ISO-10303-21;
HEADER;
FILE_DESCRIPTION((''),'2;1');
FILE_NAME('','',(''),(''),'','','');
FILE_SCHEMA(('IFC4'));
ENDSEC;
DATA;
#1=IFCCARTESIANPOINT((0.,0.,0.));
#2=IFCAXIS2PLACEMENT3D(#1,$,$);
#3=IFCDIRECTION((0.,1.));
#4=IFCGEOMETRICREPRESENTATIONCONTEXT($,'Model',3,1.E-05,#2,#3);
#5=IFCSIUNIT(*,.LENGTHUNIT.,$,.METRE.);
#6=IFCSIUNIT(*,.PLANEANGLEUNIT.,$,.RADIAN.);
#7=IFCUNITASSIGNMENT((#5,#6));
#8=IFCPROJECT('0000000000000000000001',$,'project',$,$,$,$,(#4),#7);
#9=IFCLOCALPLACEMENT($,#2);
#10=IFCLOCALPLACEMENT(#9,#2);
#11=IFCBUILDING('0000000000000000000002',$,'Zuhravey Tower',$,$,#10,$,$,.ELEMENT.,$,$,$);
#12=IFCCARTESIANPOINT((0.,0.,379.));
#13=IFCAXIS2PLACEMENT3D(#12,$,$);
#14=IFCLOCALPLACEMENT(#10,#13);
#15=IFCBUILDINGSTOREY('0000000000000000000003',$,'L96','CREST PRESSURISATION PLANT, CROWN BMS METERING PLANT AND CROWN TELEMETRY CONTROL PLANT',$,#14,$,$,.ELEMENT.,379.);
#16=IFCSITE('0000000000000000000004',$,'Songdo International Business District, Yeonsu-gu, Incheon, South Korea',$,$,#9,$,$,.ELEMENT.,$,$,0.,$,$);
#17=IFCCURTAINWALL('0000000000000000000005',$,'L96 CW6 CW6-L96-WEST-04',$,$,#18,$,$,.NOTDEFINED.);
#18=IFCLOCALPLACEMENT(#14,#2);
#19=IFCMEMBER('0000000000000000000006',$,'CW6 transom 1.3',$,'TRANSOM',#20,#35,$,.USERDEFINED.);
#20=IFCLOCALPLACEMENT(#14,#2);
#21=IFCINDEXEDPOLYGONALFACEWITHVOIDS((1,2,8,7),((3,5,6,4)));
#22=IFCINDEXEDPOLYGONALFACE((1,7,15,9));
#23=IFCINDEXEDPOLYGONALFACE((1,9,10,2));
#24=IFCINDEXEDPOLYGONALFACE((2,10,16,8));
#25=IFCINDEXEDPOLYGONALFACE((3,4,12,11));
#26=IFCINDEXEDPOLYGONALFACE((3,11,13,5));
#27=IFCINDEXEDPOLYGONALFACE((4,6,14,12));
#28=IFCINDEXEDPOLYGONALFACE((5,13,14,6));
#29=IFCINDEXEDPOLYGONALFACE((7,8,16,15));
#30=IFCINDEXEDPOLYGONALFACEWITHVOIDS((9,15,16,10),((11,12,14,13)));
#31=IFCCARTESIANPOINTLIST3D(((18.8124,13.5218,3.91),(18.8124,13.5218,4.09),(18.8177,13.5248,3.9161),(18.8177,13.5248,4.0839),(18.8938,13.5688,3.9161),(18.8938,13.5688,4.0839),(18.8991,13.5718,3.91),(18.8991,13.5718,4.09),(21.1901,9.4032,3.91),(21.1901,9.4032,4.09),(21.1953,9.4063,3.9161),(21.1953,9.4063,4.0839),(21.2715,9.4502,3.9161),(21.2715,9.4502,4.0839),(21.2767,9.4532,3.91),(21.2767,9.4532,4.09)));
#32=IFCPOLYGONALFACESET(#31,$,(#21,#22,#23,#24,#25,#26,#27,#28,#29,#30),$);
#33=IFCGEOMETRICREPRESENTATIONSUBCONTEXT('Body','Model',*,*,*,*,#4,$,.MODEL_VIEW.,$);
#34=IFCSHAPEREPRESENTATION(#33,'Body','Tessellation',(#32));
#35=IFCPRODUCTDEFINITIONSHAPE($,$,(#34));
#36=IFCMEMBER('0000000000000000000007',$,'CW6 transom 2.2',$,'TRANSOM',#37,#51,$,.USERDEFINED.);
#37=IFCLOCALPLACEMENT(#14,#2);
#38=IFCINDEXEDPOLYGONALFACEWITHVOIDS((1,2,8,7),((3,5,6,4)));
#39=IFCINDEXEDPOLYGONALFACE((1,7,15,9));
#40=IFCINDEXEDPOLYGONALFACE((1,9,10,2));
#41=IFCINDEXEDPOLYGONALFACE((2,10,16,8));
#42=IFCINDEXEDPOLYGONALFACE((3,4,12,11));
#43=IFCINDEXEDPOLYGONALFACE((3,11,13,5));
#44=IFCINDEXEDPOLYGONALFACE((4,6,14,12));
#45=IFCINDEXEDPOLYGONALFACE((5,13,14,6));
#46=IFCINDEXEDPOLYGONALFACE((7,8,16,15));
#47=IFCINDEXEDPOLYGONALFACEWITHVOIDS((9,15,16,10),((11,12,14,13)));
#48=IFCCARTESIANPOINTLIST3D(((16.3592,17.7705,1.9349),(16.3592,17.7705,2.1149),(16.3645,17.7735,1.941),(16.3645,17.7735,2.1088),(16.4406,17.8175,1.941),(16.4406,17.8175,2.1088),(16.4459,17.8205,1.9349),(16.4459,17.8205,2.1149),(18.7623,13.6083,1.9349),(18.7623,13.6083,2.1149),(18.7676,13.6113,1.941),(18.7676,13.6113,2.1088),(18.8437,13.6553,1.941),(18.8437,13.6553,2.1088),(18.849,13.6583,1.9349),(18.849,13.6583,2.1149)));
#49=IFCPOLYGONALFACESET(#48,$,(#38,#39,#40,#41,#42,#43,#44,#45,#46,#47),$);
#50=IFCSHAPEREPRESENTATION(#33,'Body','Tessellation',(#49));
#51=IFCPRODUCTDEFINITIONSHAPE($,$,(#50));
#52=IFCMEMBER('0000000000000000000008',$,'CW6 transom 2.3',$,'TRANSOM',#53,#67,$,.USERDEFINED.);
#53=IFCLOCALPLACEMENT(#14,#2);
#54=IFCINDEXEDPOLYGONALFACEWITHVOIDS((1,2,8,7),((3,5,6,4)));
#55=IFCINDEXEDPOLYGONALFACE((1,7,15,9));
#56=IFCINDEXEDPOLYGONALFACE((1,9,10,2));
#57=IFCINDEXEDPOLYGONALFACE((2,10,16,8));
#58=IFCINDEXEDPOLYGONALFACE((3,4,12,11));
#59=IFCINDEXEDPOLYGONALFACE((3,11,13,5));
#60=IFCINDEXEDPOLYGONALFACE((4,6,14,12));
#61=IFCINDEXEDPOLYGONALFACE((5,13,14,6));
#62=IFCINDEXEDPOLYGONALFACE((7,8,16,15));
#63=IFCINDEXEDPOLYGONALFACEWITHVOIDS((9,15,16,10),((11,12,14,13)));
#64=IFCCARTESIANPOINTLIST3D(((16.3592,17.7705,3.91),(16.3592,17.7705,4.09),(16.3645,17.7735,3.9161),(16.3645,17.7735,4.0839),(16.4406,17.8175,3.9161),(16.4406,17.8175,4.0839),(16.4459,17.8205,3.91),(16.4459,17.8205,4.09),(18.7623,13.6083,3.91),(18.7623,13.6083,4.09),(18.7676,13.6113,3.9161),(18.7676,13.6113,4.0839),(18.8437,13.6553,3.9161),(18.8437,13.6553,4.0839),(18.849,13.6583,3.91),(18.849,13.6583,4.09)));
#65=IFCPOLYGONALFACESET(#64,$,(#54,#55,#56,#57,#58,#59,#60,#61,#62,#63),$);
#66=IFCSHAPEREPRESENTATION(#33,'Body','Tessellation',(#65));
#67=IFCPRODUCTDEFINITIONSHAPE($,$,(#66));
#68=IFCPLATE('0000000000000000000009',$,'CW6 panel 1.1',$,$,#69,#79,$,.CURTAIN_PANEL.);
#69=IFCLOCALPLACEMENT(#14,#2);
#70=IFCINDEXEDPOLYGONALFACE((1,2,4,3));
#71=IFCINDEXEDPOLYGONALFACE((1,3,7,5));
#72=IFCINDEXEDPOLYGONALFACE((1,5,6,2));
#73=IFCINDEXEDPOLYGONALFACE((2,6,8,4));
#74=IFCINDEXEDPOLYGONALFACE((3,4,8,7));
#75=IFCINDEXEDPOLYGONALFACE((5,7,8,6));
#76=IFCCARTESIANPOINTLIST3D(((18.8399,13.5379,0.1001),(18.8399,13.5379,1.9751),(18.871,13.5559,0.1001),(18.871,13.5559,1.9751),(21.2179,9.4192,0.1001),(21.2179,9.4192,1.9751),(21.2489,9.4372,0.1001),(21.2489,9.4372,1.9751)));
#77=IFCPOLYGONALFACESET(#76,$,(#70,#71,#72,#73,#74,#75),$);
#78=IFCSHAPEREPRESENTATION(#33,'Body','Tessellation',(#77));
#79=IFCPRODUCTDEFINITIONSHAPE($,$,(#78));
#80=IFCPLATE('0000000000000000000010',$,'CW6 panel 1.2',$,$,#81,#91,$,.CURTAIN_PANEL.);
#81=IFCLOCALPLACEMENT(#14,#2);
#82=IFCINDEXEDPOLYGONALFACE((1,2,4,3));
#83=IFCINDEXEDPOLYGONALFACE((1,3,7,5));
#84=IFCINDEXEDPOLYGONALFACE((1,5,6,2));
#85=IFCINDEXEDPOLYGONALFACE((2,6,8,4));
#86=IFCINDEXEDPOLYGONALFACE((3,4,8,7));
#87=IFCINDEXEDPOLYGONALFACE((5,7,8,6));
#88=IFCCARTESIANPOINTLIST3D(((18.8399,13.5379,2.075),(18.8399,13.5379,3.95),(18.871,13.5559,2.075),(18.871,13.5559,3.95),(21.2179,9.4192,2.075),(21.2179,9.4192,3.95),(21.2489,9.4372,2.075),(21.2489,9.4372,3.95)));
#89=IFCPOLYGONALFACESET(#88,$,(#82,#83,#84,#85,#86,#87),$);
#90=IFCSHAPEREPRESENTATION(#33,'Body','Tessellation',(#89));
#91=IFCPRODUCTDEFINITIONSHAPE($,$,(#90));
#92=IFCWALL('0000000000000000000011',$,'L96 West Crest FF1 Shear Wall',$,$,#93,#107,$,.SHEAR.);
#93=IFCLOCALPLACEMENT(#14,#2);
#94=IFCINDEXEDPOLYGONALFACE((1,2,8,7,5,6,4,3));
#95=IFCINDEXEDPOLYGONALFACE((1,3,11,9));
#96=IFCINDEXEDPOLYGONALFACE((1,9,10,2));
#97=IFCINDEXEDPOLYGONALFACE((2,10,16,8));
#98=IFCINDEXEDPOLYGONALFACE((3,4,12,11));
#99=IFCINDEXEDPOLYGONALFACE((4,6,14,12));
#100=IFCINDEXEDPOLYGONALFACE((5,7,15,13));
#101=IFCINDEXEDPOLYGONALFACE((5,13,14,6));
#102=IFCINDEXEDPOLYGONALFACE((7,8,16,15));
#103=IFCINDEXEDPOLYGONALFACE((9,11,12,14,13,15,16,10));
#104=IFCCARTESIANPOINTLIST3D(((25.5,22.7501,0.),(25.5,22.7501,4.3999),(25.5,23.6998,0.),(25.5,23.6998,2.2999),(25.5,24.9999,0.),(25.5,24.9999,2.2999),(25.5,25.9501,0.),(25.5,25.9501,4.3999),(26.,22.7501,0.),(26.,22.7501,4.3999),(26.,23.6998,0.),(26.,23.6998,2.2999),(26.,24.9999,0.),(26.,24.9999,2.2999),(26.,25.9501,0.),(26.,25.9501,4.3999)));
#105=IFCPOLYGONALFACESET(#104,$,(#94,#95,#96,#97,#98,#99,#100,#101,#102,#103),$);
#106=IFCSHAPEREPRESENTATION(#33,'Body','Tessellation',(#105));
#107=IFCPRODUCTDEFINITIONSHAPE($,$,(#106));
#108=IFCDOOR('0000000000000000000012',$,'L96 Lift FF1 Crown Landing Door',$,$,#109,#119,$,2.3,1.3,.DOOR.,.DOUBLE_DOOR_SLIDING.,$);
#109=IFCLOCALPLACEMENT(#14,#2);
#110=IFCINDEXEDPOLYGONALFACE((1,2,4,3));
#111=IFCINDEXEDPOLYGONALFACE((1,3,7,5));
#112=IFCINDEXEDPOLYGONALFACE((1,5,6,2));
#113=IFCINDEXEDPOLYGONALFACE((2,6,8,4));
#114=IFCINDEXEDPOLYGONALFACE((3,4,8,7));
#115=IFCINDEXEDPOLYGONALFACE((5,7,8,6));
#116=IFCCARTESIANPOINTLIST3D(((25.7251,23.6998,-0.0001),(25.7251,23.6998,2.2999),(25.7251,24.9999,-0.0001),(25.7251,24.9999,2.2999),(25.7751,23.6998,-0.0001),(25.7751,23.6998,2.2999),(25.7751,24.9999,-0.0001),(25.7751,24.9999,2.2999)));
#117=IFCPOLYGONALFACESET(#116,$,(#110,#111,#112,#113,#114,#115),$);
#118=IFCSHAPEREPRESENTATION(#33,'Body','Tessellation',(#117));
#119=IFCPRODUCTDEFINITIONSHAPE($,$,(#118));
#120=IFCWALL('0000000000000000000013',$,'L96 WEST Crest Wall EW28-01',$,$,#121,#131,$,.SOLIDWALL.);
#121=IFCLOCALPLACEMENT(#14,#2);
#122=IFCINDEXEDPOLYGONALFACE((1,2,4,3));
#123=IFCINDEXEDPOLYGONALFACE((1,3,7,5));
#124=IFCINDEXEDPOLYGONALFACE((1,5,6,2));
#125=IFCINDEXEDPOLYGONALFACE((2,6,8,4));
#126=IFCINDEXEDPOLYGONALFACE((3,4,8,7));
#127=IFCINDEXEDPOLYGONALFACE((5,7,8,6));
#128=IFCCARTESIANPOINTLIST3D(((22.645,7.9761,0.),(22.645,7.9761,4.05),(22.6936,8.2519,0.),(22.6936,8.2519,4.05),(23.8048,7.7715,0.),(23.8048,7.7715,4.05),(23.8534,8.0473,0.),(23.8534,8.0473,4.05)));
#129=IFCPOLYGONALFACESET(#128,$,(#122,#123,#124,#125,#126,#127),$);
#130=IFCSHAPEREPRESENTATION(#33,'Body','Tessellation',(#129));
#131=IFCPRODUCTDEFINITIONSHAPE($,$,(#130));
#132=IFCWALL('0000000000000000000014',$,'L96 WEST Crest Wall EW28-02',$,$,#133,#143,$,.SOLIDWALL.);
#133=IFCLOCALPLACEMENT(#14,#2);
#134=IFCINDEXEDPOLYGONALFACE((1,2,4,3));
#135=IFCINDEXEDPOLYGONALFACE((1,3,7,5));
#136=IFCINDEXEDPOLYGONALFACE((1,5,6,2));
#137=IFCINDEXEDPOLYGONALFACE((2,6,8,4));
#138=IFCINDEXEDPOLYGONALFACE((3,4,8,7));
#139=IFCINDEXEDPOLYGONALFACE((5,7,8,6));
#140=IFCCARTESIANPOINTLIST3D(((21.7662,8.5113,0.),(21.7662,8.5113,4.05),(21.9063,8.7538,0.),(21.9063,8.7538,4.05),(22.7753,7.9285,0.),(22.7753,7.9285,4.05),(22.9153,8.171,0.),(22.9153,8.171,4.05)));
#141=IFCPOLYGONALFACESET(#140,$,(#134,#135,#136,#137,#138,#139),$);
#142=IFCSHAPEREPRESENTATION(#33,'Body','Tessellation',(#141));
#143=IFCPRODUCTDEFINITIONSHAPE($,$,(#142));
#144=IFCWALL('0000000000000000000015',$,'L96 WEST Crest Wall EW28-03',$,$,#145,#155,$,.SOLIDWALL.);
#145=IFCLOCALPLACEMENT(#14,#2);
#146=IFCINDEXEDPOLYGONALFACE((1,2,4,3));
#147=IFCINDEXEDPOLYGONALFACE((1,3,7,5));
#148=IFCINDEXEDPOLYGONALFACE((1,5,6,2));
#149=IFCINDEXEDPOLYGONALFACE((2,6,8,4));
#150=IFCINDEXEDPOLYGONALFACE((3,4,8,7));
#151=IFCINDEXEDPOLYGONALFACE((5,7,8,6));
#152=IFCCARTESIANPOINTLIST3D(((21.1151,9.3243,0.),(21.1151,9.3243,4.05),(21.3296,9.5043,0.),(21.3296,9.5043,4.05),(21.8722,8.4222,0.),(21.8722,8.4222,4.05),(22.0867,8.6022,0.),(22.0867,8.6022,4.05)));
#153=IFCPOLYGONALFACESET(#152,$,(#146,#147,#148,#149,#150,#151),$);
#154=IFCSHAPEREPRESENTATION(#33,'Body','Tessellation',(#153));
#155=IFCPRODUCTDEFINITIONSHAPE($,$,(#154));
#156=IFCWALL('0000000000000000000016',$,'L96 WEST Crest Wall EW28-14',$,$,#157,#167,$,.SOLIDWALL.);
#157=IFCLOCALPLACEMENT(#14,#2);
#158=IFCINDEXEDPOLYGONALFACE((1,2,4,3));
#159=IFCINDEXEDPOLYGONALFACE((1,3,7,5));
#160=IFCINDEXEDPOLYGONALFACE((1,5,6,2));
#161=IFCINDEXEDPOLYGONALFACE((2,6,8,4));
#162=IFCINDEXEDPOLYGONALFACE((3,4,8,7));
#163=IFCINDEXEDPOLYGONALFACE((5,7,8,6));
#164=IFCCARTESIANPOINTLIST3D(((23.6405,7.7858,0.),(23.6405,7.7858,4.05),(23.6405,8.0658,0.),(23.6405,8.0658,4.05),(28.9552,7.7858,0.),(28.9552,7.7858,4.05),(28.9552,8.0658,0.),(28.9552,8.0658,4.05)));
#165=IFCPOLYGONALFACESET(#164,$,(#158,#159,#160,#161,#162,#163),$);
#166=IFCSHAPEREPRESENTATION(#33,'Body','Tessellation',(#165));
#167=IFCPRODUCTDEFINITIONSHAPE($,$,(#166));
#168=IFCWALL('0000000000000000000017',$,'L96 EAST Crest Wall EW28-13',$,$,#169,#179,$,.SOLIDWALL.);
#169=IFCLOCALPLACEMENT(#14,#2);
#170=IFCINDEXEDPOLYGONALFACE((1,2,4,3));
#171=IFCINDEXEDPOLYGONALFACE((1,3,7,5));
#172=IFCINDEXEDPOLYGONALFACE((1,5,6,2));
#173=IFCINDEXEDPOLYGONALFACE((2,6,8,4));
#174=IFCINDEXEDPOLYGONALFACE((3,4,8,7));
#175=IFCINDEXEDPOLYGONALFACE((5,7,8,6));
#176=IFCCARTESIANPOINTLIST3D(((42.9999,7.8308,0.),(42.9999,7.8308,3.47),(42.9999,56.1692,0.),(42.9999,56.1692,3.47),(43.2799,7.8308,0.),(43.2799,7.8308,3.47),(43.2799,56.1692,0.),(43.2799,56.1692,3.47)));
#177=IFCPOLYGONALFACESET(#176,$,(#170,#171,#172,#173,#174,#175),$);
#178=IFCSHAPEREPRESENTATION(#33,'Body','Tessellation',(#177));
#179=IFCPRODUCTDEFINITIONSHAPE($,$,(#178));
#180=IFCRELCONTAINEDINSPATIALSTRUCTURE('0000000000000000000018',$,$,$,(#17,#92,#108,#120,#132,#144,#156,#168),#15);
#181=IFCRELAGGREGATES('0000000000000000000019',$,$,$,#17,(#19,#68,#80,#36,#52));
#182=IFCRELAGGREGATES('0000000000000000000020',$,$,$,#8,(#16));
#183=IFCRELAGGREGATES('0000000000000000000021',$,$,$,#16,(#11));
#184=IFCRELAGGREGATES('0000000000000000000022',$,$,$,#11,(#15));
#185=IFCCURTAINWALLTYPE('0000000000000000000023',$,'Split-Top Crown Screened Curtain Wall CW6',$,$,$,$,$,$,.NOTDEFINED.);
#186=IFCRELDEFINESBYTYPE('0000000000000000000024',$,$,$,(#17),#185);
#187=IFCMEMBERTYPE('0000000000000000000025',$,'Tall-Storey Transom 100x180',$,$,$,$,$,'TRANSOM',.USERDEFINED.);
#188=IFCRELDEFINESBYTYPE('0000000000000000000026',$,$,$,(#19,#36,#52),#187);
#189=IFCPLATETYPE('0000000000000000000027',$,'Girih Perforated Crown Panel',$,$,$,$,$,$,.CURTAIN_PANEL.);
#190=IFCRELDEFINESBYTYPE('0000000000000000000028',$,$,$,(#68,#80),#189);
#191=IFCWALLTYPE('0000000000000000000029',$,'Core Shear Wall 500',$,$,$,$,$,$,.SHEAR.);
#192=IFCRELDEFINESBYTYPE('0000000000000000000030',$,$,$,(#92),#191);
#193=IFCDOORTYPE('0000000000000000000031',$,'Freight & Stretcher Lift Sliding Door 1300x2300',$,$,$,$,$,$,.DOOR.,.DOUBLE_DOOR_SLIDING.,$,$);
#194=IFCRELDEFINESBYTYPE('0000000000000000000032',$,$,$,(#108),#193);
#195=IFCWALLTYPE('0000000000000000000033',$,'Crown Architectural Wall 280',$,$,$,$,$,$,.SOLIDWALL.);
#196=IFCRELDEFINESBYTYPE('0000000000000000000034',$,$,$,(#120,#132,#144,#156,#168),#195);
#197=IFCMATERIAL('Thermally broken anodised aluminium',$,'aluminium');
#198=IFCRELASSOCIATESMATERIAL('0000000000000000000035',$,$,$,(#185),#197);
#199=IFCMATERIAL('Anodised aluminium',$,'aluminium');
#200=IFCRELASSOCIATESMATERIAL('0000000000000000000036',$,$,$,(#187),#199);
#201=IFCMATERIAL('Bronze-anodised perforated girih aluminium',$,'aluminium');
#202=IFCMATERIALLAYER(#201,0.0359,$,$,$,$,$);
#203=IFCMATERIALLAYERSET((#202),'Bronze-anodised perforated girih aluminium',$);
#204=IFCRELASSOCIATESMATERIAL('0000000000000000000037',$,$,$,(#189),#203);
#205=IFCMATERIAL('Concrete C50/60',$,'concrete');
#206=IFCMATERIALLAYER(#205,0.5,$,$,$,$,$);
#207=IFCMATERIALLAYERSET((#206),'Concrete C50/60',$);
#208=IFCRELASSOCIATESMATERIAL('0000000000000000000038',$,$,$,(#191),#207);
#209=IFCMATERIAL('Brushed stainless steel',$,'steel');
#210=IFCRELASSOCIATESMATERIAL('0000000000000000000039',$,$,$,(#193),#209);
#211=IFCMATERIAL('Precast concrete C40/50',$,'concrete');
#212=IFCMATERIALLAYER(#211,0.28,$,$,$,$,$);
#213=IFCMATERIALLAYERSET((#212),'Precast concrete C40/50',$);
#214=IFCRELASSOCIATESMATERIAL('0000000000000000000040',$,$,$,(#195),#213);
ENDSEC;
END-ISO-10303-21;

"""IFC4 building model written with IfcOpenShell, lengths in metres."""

from ifc_helpers import new_model, si_unit, direction, frame, frame_2d, origin, origin_2d, place, context, subcontext, project, spatial, rectangle, hollow_rectangle, extrude, material, layer, layer_set, material_profile, profile_set, type_object, element, fill, aggregate, save


model = new_model("IFC4")

# Units and contexts
model_context = context("Model", 3, precision=1e-05, world=origin(), true_north=direction((0.0, 1.0)))
body_context = subcontext(model_context, "Body", "Model", "MODEL_VIEW")
ifc_project = project(units=[si_unit("LENGTHUNIT", "METRE"), si_unit("PLANEANGLEUNIT", "RADIAN")], contexts=[model_context])

# Site, building, storey
site_placement = place(None, origin())
site = spatial("IfcSite", under=ifc_project, at=site_placement, Name="Songdo International Business District, Yeonsu-gu, Incheon, South Korea", CompositionType="ELEMENT", RefElevation=0.0)
building_placement = place(site_placement, origin())
building = spatial("IfcBuilding", under=site, at=building_placement, Name="Zuhravey Tower", CompositionType="ELEMENT")
storey_placement = place(building_placement, frame((0.0, 0.0, 379.0)))
storey = spatial("IfcBuildingStorey", under=building, at=storey_placement, Name="L96", Description="CREST PRESSURISATION PLANT, CROWN BMS METERING PLANT AND CROWN TELEMETRY CONTROL PLANT", CompositionType="ELEMENT", Elevation=379.0)

# Curtain wall, members, plates
ifc_material_1 = material(Name="Thermally broken anodised aluminium", Category="aluminium")
curtain_wall_type = type_object("IfcCurtainWallType", Name="Split-Top Crown Screened Curtain Wall CW6", PredefinedType="NOTDEFINED", material=ifc_material_1)
curtain_wall_placement = place(storey_placement, origin())
curtain_wall = element("IfcCurtainWall", 1, at=curtain_wall_placement, inside=storey, type_object=curtain_wall_type, Name="L96 CW6 CW6-L96-WEST-04", PredefinedType="NOTDEFINED")
ifc_material_2 = material(Name="Anodised aluminium", Category="aluminium")
ifc_material_profile_1 = material_profile(ifc_material_2, hollow_rectangle(XDim=0.1001, YDim=0.1799, WallThickness=0.0061, at=origin_2d()), Name="ALU-RHS-100x180x6")
ifc_profile_set_1 = profile_set([ifc_material_profile_1], Name="Anodised aluminium")
member_type_1 = type_object("IfcMemberType", Name="Tall-Storey Transom 100x180", ElementType="TRANSOM", PredefinedType="USERDEFINED", material=ifc_profile_set_1)
member_1_placement = place(storey_placement, frame((21.2334, 9.4282, 4.0), z_axis=(-0.499965, 0.866045, 0.0), x_axis=(-0.866045, -0.499965, 0.0)))
member_1 = element("IfcMember", 2, at=member_1_placement, type_object=member_type_1, Name="CW6 transom 1.3", ObjectType="TRANSOM", PredefinedType="USERDEFINED", context=body_context, shape_type="SweptSolid", body=[
    extrude(hollow_rectangle(XDim=0.1001, YDim=0.1799, WallThickness=0.0061, at=origin_2d()), origin(), (0.0, 0.0, 1.0), 4.7556),
])
member_2_placement = place(storey_placement, frame((18.8057, 13.6333, 2.0249), z_axis=(-0.500013, 0.866018, 0.0), x_axis=(-0.866018, -0.500013, 0.0)))
member_2 = element("IfcMember", 3, at=member_2_placement, type_object=member_type_1, Name="CW6 transom 2.2", ObjectType="TRANSOM", PredefinedType="USERDEFINED", context=body_context, shape_type="SweptSolid", body=[
    extrude(hollow_rectangle(XDim=0.1001, YDim=0.1799, WallThickness=0.0061, at=origin_2d()), origin(), (0.0, 0.0, 1.0), 4.8062),
])
member_3_placement = place(storey_placement, frame((18.8057, 13.6333, 4.0), z_axis=(-0.500013, 0.866018, 0.0), x_axis=(-0.866018, -0.500013, 0.0)))
member_3 = element("IfcMember", 4, at=member_3_placement, type_object=member_type_1, Name="CW6 transom 2.3", ObjectType="TRANSOM", PredefinedType="USERDEFINED", context=body_context, shape_type="SweptSolid", body=[
    extrude(hollow_rectangle(XDim=0.1001, YDim=0.1799, WallThickness=0.0061, at=origin_2d()), origin(), (0.0, 0.0, 1.0), 4.8062),
])
ifc_material_3 = material(Name="Bronze-anodised perforated girih aluminium", Category="aluminium")
ifc_layer_1 = layer(ifc_material_3, 0.0359)
ifc_layer_set_1 = layer_set([ifc_layer_1], Name="Bronze-anodised perforated girih aluminium")
plate_type = type_object("IfcPlateType", Name="Girih Perforated Crown Panel", PredefinedType="CURTAIN_PANEL", material=ifc_layer_set_1)
plate_1_placement = place(storey_placement, frame((20.0444, 11.4875, 0.1001), z_axis=(0.0, 0.0, 1.0), x_axis=(-0.499997, 0.866027, 0.0)))
plate_1 = element("IfcPlate", 5, at=plate_1_placement, type_object=plate_type, Name="CW6 panel 1.1", PredefinedType="CURTAIN_PANEL", context=body_context, shape_type="SweptSolid", body=[
    extrude(rectangle(XDim=4.7559, YDim=0.0359, at=origin_2d()), origin(), (0.0, 0.0, 1.0), 1.875),
])
plate_2_placement = place(storey_placement, frame((20.0444, 11.4875, 2.075), z_axis=(0.0, 0.0, 1.0), x_axis=(-0.499997, 0.866027, 0.0)))
plate_2 = element("IfcPlate", 6, at=plate_2_placement, type_object=plate_type, Name="CW6 panel 1.2", PredefinedType="CURTAIN_PANEL", context=body_context, shape_type="SweptSolid", body=[
    extrude(rectangle(XDim=4.7559, YDim=0.0359, at=origin_2d()), origin(), (0.0, 0.0, 1.0), 1.875),
])
aggregate(curtain_wall, [member_1, plate_1, plate_2, member_2, member_3])

# Wall, opening, door
ifc_material_4 = material(Name="Concrete C50/60", Category="concrete")
ifc_layer_2 = layer(ifc_material_4, 0.5)
ifc_layer_set_2 = layer_set([ifc_layer_2], Name="Concrete C50/60")
wall_type_1 = type_object("IfcWallType", Name="Core Shear Wall 500", PredefinedType="SHEAR", material=ifc_layer_set_2)
wall_1_placement = place(storey_placement, frame((25.75, 22.75, 0.0), z_axis=(0.0, 0.0, 1.0), x_axis=(0.0, 1.0, 0.0)))
wall_1 = element("IfcWall", 7, at=wall_1_placement, inside=storey, type_object=wall_type_1, Name="L96 West Crest FF1 Shear Wall", PredefinedType="SHEAR", context=body_context, shape_type="SweptSolid", body=[
    extrude(rectangle(XDim=3.2, YDim=0.5, at=frame_2d((1.6001, 0.0))), origin(), (0.0, 0.0, 1.0), 4.3999),
])
opening_1_placement = place(wall_1_placement, frame((0.95, 0.0, 0.0)))
opening_1 = element("IfcOpeningElement", 8, at=opening_1_placement, cuts=wall_1, PredefinedType="OPENING", context=body_context, shape_type="SweptSolid", body=[
    extrude(rectangle(XDim=1.3, YDim=2.3, at=frame_2d((0.6499, 1.1499))), frame((0.0, 0.262, 0.0), z_axis=(0.0, -1.0, 0.0), x_axis=(1.0, 0.0, 0.0)), (0.0, 0.0, 1.0), 0.5239),
])
ifc_material_5 = material(Name="Brushed stainless steel", Category="steel")
door_type_1 = type_object("IfcDoorType", Name="Freight & Stretcher Lift Sliding Door 1300x2300", OperationType="DOUBLE_DOOR_SLIDING", PredefinedType="DOOR", material=ifc_material_5)
door_1_placement = place(opening_1_placement, origin())
door_1 = element("IfcDoor", 9, at=door_1_placement, inside=storey, type_object=door_type_1, Name="L96 Lift FF1 Crown Landing Door", OperationType="DOUBLE_DOOR_SLIDING", OverallHeight=2.3, OverallWidth=1.3, PredefinedType="DOOR", context=body_context, shape_type="SweptSolid", body=[
    extrude(rectangle(XDim=1.3, YDim=2.3, at=frame_2d((0.6499, 1.1499))), frame((0.0, 0.0249, 0.0), z_axis=(0.0, -1.0, 0.0), x_axis=(1.0, 0.0, 0.0)), (0.0, 0.0, 1.0), 0.05),
])
fill(opening_1, door_1)

# Walls
ifc_material_6 = material(Name="Precast concrete C40/50", Category="concrete")
ifc_layer_3 = layer(ifc_material_6, 0.28)
ifc_layer_set_3 = layer_set([ifc_layer_3], Name="Precast concrete C40/50")
wall_type_2 = type_object("IfcWallType", Name="Crown Architectural Wall 280", PredefinedType="SOLIDWALL", material=ifc_layer_set_3)
wall_2_placement = place(storey_placement, frame((23.8291, 7.9094, 0.0), z_axis=(0.0, 0.0, 1.0), x_axis=(-0.984798, 0.173703, 0.0)))
element("IfcWall", 10, at=wall_2_placement, inside=storey, type_object=wall_type_2, Name="L96 WEST Crest Wall EW28-01", PredefinedType="SOLIDWALL", context=body_context, shape_type="SweptSolid", body=[
    extrude(rectangle(XDim=1.1777, YDim=0.28, at=frame_2d((0.5889, 0.0))), origin(), (0.0, 0.0, 1.0), 4.05),
])
wall_3_placement = place(storey_placement, frame((22.8452, 8.0498, 0.0), z_axis=(0.0, 0.0, 1.0), x_axis=(-0.865952, 0.500127, 0.0)))
element("IfcWall", 11, at=wall_3_placement, inside=storey, type_object=wall_type_2, Name="L96 WEST Crest Wall EW28-02", PredefinedType="SOLIDWALL", context=body_context, shape_type="SweptSolid", body=[
    extrude(rectangle(XDim=1.1653, YDim=0.28, at=frame_2d((0.5825, 0.0))), origin(), (0.0, 0.0, 1.0), 4.05),
])
wall_4_placement = place(storey_placement, frame((21.9795, 8.5122, 0.0), z_axis=(0.0, 0.0, 1.0), x_axis=(-0.642852, 0.765991, 0.0)))
element("IfcWall", 12, at=wall_4_placement, inside=storey, type_object=wall_type_2, Name="L96 WEST Crest Wall EW28-03", PredefinedType="SOLIDWALL", context=body_context, shape_type="SweptSolid", body=[
    extrude(rectangle(XDim=1.1777, YDim=0.28, at=frame_2d((0.5889, 0.0))), origin(), (0.0, 0.0, 1.0), 4.05),
])
wall_5_placement = place(storey_placement, frame((28.9551, 7.9258, 0.0), z_axis=(0.0, 0.0, 1.0), x_axis=(-1.0, 0.0, 0.0)))
element("IfcWall", 13, at=wall_5_placement, inside=storey, type_object=wall_type_2, Name="L96 WEST Crest Wall EW28-14", PredefinedType="SOLIDWALL", context=body_context, shape_type="SweptSolid", body=[
    extrude(rectangle(XDim=5.3147, YDim=0.28, at=frame_2d((2.6572, 0.0))), origin(), (0.0, 0.0, 1.0), 4.05),
])
wall_6_placement = place(storey_placement, frame((43.1399, 7.8308, 0.0), z_axis=(0.0, 0.0, 1.0), x_axis=(0.0, 1.0, 0.0)))
element("IfcWall", 14, at=wall_6_placement, inside=storey, type_object=wall_type_2, Name="L96 EAST Crest Wall EW28-13", PredefinedType="SOLIDWALL", context=body_context, shape_type="SweptSolid", body=[
    extrude(rectangle(XDim=48.3384, YDim=0.28, at=frame_2d((24.1692, 0.0))), origin(), (0.0, 0.0, 1.0), 3.47),
])

save(model, "model.ifc")
